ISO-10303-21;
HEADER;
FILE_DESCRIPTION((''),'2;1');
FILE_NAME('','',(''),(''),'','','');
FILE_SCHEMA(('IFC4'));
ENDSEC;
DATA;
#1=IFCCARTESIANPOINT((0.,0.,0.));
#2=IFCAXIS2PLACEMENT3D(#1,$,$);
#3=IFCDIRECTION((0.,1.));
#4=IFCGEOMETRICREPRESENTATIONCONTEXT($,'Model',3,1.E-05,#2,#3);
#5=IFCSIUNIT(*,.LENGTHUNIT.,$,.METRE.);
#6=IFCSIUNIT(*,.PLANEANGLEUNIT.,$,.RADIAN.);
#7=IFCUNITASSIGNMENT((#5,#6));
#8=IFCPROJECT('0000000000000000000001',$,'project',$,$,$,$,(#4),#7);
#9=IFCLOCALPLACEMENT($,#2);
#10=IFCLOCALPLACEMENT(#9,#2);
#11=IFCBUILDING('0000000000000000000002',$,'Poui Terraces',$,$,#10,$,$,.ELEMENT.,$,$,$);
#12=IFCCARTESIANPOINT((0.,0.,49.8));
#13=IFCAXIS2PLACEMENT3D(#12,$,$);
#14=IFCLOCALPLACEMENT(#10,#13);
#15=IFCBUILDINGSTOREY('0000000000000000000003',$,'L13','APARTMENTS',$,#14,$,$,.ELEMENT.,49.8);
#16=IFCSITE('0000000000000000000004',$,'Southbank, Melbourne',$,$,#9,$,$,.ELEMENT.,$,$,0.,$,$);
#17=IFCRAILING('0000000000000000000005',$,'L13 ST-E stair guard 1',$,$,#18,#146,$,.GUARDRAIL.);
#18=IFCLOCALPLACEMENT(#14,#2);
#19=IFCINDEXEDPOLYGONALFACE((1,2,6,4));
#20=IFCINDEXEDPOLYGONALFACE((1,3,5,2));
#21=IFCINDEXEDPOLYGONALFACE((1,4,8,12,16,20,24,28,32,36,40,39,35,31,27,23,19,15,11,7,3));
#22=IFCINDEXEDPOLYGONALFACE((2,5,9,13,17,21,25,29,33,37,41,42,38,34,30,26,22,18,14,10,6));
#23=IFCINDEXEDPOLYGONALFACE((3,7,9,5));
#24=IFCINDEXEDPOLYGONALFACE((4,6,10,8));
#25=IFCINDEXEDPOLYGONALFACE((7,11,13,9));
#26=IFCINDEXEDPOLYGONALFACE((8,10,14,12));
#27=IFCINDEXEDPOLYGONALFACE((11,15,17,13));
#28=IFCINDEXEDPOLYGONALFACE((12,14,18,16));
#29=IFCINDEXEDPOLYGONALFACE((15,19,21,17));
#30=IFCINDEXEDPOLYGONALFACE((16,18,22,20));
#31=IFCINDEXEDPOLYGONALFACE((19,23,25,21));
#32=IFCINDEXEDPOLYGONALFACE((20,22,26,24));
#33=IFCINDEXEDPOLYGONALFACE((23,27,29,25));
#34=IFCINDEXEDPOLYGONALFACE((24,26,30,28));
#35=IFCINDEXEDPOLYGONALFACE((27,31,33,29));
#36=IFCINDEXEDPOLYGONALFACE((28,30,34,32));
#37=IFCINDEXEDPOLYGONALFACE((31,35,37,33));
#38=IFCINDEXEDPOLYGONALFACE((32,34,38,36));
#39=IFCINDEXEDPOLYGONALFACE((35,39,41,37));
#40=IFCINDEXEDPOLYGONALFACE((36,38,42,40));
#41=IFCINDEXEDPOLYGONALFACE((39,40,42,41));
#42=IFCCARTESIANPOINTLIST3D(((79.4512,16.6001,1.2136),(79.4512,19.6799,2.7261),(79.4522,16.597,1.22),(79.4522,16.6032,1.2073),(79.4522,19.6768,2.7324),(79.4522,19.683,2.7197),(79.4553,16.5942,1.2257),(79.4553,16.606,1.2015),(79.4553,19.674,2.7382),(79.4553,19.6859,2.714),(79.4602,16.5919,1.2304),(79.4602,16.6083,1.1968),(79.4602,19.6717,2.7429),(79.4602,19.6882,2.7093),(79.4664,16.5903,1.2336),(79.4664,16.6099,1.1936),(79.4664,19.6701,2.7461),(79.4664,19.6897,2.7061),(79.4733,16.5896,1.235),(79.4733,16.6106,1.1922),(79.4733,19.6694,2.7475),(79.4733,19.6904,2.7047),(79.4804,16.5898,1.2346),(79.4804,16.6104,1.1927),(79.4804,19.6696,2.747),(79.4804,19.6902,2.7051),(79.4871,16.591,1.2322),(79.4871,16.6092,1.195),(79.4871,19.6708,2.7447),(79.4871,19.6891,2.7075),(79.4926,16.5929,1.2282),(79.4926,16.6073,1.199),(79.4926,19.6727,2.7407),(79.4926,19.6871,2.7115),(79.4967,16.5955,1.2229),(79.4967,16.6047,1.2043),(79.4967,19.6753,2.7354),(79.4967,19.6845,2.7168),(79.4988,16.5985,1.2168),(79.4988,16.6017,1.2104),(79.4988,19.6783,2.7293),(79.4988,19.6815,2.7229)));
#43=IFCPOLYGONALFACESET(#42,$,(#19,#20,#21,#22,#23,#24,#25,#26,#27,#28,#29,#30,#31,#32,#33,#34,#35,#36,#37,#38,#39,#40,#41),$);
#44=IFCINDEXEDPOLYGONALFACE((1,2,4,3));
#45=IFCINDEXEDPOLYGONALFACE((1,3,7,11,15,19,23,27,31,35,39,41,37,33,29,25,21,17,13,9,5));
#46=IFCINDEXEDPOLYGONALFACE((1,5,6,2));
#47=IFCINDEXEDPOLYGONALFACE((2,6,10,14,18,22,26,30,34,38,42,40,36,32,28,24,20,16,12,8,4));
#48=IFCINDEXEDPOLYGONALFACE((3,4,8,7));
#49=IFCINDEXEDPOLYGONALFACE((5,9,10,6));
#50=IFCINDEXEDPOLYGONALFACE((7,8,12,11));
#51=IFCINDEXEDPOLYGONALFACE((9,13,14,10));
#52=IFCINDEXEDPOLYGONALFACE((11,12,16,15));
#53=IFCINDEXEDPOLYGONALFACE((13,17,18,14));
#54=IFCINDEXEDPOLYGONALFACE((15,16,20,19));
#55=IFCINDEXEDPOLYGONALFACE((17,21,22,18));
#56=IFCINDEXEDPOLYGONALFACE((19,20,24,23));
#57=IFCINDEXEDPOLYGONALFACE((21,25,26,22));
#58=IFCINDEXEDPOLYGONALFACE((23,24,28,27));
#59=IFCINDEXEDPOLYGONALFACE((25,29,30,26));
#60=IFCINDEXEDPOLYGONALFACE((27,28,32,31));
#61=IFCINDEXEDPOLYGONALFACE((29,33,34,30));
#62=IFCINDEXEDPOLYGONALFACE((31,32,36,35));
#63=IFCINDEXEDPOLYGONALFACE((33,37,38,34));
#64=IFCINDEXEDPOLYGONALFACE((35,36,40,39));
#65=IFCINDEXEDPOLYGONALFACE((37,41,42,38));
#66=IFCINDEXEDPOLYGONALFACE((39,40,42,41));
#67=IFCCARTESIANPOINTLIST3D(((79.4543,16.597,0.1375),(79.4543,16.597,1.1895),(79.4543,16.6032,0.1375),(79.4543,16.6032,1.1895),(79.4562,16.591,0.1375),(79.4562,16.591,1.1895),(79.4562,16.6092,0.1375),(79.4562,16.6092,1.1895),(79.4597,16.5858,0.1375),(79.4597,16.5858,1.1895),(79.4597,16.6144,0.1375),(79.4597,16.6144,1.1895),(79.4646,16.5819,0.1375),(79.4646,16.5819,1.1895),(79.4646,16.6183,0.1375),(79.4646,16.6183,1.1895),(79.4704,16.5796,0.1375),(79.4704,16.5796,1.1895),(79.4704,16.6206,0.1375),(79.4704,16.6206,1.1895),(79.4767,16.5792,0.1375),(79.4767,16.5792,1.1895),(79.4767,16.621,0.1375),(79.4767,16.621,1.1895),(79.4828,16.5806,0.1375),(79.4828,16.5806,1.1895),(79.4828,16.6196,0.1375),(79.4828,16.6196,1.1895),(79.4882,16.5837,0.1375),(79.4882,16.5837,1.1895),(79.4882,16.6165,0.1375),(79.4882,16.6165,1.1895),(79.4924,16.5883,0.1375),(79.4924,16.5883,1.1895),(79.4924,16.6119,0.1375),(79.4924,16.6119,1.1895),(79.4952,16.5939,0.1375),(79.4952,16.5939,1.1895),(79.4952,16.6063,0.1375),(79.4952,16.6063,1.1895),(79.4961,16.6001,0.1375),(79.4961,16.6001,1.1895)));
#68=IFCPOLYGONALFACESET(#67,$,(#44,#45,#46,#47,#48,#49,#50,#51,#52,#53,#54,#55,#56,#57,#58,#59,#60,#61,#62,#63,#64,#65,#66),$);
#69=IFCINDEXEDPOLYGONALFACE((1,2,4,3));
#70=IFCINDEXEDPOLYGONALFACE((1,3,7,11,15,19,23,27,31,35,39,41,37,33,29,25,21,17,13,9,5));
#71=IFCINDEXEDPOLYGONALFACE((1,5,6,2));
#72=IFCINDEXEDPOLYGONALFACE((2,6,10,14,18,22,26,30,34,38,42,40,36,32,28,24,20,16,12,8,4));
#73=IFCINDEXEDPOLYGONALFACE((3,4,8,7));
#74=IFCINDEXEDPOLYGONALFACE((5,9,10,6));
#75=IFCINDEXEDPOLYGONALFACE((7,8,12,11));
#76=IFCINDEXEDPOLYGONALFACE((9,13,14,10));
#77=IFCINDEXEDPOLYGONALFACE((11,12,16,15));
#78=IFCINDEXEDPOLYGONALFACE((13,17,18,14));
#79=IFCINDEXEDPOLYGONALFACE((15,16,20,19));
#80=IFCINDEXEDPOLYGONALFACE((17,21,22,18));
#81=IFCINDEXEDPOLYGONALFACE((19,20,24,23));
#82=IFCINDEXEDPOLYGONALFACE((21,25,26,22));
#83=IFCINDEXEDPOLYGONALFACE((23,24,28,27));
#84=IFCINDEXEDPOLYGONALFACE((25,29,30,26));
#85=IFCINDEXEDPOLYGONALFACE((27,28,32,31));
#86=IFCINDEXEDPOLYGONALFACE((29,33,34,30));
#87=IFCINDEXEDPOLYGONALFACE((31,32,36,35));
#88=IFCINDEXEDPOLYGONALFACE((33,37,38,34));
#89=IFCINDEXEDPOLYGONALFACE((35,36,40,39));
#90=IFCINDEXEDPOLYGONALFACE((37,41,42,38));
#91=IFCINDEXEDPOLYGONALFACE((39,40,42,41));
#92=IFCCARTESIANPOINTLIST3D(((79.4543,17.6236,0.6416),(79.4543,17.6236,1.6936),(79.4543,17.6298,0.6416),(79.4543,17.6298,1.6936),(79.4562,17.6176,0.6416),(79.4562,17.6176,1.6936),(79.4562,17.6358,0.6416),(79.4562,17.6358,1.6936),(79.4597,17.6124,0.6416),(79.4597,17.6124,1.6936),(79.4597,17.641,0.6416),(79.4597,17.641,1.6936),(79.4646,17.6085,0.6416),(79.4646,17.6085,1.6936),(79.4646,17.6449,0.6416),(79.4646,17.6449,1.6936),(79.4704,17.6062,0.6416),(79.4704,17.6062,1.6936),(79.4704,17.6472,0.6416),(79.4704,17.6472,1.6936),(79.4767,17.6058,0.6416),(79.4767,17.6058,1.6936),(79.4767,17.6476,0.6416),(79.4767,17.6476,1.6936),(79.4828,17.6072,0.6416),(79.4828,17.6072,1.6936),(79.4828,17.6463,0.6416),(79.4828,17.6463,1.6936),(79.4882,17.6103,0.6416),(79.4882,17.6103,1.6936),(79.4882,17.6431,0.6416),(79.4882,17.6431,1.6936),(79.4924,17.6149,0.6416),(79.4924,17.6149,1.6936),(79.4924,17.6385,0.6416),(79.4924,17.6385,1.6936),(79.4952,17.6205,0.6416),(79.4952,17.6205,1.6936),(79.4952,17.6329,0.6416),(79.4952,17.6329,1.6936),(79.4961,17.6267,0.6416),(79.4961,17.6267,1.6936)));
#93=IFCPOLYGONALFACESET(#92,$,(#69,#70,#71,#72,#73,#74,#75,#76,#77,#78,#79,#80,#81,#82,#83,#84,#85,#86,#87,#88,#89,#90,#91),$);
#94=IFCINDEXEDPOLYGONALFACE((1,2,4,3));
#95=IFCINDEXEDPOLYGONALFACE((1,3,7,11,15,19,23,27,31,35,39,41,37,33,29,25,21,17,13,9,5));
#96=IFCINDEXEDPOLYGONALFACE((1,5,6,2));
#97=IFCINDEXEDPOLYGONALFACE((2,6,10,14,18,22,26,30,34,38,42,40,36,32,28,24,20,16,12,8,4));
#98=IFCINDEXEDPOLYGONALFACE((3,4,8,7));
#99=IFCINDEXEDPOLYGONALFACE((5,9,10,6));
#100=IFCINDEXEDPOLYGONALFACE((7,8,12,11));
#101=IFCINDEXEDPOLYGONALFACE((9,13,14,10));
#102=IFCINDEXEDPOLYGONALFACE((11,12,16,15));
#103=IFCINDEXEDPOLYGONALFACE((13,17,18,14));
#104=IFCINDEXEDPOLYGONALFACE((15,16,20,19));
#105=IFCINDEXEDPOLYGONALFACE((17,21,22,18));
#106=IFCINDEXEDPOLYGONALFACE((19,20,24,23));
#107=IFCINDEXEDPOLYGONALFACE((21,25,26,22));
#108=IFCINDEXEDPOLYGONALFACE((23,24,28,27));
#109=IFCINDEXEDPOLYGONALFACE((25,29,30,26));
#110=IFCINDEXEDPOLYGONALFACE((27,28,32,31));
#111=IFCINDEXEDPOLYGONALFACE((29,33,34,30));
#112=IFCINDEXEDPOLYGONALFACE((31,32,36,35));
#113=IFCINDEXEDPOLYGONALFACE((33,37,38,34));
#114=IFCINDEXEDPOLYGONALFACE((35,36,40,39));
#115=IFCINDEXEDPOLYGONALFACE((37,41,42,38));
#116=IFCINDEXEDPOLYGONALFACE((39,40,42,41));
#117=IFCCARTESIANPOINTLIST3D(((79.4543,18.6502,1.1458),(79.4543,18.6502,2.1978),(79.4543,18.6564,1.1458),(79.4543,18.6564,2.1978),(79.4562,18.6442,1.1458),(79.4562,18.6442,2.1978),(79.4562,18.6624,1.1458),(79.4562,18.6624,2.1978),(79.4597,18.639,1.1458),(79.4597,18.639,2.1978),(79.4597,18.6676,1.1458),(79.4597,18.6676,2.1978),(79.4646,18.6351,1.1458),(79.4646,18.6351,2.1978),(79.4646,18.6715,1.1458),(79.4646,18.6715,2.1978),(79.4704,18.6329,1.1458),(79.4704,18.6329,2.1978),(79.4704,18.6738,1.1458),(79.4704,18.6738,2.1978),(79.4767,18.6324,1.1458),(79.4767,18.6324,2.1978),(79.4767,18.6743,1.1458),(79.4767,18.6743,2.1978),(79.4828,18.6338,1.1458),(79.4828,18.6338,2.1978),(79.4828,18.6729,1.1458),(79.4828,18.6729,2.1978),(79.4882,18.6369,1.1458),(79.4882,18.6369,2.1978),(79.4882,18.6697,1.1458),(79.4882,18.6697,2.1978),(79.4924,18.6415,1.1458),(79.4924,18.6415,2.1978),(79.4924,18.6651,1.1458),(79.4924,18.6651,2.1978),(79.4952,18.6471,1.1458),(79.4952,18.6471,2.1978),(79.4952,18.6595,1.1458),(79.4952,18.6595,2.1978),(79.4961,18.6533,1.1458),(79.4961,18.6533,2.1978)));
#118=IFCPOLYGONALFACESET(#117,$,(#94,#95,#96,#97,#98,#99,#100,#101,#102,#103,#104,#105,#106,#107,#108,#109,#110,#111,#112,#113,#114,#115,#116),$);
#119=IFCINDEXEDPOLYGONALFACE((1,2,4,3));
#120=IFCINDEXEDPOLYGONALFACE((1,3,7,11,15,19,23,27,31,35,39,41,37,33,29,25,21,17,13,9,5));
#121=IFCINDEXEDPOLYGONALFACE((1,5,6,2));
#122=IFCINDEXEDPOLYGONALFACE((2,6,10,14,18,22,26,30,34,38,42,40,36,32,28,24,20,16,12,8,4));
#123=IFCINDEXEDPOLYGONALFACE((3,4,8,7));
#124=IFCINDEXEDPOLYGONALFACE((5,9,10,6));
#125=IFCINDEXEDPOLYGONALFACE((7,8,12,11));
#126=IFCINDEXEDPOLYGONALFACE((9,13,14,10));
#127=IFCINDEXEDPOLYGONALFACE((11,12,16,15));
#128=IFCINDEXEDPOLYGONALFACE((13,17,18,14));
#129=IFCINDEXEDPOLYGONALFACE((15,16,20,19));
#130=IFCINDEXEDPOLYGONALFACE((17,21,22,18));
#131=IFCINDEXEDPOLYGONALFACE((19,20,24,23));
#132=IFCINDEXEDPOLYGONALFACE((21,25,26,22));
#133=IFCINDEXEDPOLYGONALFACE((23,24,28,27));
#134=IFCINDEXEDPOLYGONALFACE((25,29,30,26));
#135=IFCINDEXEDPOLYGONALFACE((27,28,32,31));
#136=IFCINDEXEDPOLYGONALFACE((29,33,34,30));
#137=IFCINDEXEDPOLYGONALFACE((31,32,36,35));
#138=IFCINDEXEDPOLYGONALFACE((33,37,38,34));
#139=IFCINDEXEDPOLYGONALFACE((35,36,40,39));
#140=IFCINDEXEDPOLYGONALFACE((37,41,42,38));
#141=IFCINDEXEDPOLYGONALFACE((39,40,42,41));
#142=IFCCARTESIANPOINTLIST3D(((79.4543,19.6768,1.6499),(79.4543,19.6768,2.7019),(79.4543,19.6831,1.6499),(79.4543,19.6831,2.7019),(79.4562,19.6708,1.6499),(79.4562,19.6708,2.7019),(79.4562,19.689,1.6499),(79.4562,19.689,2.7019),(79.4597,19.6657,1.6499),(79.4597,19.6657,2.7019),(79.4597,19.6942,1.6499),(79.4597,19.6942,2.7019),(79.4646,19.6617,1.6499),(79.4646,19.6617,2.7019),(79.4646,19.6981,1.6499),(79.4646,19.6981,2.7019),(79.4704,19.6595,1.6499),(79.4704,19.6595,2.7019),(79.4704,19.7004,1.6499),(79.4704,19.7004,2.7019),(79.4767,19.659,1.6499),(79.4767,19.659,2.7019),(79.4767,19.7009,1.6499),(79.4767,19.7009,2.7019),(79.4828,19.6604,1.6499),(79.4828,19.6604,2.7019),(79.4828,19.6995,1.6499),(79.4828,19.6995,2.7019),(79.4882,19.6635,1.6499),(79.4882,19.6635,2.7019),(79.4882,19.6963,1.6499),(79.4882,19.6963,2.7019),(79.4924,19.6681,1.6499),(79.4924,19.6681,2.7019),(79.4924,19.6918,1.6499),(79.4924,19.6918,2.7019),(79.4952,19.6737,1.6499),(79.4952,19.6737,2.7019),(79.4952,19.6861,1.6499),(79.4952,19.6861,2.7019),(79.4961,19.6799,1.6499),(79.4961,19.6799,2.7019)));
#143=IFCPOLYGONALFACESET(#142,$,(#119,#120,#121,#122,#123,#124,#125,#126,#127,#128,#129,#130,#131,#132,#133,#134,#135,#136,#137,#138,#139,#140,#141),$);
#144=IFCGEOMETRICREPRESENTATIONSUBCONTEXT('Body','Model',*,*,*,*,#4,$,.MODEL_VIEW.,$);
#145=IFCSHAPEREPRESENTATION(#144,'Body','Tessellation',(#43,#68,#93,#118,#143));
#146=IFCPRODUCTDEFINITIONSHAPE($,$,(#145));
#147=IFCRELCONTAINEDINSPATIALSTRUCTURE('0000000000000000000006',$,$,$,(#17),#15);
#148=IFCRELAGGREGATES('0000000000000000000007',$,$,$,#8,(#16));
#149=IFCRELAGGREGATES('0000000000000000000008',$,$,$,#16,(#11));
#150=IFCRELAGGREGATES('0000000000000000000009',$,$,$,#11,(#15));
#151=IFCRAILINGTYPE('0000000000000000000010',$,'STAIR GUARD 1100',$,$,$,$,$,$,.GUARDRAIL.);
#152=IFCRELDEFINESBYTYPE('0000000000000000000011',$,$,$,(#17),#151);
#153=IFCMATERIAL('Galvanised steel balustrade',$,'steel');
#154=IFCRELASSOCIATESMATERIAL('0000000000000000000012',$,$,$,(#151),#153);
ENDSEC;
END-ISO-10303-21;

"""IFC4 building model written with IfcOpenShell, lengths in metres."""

from ifc_helpers import new_model, si_unit, direction, frame, origin, origin_2d, place, context, subcontext, project, spatial, circle, extrude, material, type_object, element, save


model = new_model("IFC4")

# Units and contexts
model_context = context("Model", 3, precision=1e-05, world=origin(), true_north=direction((0.0, 1.0)))
body_context = subcontext(model_context, "Body", "Model", "MODEL_VIEW")
ifc_project = project(units=[si_unit("LENGTHUNIT", "METRE"), si_unit("PLANEANGLEUNIT", "RADIAN")], contexts=[model_context])

# Site, building, storey
site_placement = place(None, origin())
site = spatial("IfcSite", under=ifc_project, at=site_placement, Name="Southbank, Melbourne", CompositionType="ELEMENT", RefElevation=0.0)
building_placement = place(site_placement, origin())
building = spatial("IfcBuilding", under=site, at=building_placement, Name="Poui Terraces", CompositionType="ELEMENT")
storey_placement = place(building_placement, frame((0.0, 0.0, 49.8)))
storey = spatial("IfcBuildingStorey", under=building, at=storey_placement, Name="L13", Description="APARTMENTS", CompositionType="ELEMENT", Elevation=49.8)

# Railing
ifc_material_1 = material(Name="Galvanised steel balustrade", Category="steel")
railing_type = type_object("IfcRailingType", Name="STAIR GUARD 1100", PredefinedType="GUARDRAIL", material=ifc_material_1)
railing_1_placement = place(storey_placement, frame((79.4751, 16.6001, 0.1375)))
element("IfcRailing", 1, at=railing_1_placement, inside=storey, type_object=railing_type, Name="L13 ST-E stair guard 1", PredefinedType="GUARDRAIL", context=body_context, shape_type="SweptSolid", body=[
    extrude(circle(Radius=0.0239, at=origin_2d()), frame((0.0, 0.0, 1.0762), z_axis=(0.0, 0.897606, 0.440798), x_axis=(-1.0, 0.0, 0.0)), (0.0, 0.0, 1.0), 3.4312),
    extrude(circle(Radius=0.021, at=origin_2d()), origin(), (0.0, 0.0, 1.0), 1.052),
    extrude(circle(Radius=0.021, at=origin_2d()), frame((0.0, 1.0266, 0.5042)), (0.0, 0.0, 1.0), 1.052),
    extrude(circle(Radius=0.021, at=origin_2d()), frame((0.0, 2.0532, 1.0083)), (0.0, 0.0, 1.0), 1.052),
    extrude(circle(Radius=0.021, at=origin_2d()), frame((0.0, 3.0798, 1.5125)), (0.0, 0.0, 1.0), 1.052),
])

save(model, "model.ifc")
